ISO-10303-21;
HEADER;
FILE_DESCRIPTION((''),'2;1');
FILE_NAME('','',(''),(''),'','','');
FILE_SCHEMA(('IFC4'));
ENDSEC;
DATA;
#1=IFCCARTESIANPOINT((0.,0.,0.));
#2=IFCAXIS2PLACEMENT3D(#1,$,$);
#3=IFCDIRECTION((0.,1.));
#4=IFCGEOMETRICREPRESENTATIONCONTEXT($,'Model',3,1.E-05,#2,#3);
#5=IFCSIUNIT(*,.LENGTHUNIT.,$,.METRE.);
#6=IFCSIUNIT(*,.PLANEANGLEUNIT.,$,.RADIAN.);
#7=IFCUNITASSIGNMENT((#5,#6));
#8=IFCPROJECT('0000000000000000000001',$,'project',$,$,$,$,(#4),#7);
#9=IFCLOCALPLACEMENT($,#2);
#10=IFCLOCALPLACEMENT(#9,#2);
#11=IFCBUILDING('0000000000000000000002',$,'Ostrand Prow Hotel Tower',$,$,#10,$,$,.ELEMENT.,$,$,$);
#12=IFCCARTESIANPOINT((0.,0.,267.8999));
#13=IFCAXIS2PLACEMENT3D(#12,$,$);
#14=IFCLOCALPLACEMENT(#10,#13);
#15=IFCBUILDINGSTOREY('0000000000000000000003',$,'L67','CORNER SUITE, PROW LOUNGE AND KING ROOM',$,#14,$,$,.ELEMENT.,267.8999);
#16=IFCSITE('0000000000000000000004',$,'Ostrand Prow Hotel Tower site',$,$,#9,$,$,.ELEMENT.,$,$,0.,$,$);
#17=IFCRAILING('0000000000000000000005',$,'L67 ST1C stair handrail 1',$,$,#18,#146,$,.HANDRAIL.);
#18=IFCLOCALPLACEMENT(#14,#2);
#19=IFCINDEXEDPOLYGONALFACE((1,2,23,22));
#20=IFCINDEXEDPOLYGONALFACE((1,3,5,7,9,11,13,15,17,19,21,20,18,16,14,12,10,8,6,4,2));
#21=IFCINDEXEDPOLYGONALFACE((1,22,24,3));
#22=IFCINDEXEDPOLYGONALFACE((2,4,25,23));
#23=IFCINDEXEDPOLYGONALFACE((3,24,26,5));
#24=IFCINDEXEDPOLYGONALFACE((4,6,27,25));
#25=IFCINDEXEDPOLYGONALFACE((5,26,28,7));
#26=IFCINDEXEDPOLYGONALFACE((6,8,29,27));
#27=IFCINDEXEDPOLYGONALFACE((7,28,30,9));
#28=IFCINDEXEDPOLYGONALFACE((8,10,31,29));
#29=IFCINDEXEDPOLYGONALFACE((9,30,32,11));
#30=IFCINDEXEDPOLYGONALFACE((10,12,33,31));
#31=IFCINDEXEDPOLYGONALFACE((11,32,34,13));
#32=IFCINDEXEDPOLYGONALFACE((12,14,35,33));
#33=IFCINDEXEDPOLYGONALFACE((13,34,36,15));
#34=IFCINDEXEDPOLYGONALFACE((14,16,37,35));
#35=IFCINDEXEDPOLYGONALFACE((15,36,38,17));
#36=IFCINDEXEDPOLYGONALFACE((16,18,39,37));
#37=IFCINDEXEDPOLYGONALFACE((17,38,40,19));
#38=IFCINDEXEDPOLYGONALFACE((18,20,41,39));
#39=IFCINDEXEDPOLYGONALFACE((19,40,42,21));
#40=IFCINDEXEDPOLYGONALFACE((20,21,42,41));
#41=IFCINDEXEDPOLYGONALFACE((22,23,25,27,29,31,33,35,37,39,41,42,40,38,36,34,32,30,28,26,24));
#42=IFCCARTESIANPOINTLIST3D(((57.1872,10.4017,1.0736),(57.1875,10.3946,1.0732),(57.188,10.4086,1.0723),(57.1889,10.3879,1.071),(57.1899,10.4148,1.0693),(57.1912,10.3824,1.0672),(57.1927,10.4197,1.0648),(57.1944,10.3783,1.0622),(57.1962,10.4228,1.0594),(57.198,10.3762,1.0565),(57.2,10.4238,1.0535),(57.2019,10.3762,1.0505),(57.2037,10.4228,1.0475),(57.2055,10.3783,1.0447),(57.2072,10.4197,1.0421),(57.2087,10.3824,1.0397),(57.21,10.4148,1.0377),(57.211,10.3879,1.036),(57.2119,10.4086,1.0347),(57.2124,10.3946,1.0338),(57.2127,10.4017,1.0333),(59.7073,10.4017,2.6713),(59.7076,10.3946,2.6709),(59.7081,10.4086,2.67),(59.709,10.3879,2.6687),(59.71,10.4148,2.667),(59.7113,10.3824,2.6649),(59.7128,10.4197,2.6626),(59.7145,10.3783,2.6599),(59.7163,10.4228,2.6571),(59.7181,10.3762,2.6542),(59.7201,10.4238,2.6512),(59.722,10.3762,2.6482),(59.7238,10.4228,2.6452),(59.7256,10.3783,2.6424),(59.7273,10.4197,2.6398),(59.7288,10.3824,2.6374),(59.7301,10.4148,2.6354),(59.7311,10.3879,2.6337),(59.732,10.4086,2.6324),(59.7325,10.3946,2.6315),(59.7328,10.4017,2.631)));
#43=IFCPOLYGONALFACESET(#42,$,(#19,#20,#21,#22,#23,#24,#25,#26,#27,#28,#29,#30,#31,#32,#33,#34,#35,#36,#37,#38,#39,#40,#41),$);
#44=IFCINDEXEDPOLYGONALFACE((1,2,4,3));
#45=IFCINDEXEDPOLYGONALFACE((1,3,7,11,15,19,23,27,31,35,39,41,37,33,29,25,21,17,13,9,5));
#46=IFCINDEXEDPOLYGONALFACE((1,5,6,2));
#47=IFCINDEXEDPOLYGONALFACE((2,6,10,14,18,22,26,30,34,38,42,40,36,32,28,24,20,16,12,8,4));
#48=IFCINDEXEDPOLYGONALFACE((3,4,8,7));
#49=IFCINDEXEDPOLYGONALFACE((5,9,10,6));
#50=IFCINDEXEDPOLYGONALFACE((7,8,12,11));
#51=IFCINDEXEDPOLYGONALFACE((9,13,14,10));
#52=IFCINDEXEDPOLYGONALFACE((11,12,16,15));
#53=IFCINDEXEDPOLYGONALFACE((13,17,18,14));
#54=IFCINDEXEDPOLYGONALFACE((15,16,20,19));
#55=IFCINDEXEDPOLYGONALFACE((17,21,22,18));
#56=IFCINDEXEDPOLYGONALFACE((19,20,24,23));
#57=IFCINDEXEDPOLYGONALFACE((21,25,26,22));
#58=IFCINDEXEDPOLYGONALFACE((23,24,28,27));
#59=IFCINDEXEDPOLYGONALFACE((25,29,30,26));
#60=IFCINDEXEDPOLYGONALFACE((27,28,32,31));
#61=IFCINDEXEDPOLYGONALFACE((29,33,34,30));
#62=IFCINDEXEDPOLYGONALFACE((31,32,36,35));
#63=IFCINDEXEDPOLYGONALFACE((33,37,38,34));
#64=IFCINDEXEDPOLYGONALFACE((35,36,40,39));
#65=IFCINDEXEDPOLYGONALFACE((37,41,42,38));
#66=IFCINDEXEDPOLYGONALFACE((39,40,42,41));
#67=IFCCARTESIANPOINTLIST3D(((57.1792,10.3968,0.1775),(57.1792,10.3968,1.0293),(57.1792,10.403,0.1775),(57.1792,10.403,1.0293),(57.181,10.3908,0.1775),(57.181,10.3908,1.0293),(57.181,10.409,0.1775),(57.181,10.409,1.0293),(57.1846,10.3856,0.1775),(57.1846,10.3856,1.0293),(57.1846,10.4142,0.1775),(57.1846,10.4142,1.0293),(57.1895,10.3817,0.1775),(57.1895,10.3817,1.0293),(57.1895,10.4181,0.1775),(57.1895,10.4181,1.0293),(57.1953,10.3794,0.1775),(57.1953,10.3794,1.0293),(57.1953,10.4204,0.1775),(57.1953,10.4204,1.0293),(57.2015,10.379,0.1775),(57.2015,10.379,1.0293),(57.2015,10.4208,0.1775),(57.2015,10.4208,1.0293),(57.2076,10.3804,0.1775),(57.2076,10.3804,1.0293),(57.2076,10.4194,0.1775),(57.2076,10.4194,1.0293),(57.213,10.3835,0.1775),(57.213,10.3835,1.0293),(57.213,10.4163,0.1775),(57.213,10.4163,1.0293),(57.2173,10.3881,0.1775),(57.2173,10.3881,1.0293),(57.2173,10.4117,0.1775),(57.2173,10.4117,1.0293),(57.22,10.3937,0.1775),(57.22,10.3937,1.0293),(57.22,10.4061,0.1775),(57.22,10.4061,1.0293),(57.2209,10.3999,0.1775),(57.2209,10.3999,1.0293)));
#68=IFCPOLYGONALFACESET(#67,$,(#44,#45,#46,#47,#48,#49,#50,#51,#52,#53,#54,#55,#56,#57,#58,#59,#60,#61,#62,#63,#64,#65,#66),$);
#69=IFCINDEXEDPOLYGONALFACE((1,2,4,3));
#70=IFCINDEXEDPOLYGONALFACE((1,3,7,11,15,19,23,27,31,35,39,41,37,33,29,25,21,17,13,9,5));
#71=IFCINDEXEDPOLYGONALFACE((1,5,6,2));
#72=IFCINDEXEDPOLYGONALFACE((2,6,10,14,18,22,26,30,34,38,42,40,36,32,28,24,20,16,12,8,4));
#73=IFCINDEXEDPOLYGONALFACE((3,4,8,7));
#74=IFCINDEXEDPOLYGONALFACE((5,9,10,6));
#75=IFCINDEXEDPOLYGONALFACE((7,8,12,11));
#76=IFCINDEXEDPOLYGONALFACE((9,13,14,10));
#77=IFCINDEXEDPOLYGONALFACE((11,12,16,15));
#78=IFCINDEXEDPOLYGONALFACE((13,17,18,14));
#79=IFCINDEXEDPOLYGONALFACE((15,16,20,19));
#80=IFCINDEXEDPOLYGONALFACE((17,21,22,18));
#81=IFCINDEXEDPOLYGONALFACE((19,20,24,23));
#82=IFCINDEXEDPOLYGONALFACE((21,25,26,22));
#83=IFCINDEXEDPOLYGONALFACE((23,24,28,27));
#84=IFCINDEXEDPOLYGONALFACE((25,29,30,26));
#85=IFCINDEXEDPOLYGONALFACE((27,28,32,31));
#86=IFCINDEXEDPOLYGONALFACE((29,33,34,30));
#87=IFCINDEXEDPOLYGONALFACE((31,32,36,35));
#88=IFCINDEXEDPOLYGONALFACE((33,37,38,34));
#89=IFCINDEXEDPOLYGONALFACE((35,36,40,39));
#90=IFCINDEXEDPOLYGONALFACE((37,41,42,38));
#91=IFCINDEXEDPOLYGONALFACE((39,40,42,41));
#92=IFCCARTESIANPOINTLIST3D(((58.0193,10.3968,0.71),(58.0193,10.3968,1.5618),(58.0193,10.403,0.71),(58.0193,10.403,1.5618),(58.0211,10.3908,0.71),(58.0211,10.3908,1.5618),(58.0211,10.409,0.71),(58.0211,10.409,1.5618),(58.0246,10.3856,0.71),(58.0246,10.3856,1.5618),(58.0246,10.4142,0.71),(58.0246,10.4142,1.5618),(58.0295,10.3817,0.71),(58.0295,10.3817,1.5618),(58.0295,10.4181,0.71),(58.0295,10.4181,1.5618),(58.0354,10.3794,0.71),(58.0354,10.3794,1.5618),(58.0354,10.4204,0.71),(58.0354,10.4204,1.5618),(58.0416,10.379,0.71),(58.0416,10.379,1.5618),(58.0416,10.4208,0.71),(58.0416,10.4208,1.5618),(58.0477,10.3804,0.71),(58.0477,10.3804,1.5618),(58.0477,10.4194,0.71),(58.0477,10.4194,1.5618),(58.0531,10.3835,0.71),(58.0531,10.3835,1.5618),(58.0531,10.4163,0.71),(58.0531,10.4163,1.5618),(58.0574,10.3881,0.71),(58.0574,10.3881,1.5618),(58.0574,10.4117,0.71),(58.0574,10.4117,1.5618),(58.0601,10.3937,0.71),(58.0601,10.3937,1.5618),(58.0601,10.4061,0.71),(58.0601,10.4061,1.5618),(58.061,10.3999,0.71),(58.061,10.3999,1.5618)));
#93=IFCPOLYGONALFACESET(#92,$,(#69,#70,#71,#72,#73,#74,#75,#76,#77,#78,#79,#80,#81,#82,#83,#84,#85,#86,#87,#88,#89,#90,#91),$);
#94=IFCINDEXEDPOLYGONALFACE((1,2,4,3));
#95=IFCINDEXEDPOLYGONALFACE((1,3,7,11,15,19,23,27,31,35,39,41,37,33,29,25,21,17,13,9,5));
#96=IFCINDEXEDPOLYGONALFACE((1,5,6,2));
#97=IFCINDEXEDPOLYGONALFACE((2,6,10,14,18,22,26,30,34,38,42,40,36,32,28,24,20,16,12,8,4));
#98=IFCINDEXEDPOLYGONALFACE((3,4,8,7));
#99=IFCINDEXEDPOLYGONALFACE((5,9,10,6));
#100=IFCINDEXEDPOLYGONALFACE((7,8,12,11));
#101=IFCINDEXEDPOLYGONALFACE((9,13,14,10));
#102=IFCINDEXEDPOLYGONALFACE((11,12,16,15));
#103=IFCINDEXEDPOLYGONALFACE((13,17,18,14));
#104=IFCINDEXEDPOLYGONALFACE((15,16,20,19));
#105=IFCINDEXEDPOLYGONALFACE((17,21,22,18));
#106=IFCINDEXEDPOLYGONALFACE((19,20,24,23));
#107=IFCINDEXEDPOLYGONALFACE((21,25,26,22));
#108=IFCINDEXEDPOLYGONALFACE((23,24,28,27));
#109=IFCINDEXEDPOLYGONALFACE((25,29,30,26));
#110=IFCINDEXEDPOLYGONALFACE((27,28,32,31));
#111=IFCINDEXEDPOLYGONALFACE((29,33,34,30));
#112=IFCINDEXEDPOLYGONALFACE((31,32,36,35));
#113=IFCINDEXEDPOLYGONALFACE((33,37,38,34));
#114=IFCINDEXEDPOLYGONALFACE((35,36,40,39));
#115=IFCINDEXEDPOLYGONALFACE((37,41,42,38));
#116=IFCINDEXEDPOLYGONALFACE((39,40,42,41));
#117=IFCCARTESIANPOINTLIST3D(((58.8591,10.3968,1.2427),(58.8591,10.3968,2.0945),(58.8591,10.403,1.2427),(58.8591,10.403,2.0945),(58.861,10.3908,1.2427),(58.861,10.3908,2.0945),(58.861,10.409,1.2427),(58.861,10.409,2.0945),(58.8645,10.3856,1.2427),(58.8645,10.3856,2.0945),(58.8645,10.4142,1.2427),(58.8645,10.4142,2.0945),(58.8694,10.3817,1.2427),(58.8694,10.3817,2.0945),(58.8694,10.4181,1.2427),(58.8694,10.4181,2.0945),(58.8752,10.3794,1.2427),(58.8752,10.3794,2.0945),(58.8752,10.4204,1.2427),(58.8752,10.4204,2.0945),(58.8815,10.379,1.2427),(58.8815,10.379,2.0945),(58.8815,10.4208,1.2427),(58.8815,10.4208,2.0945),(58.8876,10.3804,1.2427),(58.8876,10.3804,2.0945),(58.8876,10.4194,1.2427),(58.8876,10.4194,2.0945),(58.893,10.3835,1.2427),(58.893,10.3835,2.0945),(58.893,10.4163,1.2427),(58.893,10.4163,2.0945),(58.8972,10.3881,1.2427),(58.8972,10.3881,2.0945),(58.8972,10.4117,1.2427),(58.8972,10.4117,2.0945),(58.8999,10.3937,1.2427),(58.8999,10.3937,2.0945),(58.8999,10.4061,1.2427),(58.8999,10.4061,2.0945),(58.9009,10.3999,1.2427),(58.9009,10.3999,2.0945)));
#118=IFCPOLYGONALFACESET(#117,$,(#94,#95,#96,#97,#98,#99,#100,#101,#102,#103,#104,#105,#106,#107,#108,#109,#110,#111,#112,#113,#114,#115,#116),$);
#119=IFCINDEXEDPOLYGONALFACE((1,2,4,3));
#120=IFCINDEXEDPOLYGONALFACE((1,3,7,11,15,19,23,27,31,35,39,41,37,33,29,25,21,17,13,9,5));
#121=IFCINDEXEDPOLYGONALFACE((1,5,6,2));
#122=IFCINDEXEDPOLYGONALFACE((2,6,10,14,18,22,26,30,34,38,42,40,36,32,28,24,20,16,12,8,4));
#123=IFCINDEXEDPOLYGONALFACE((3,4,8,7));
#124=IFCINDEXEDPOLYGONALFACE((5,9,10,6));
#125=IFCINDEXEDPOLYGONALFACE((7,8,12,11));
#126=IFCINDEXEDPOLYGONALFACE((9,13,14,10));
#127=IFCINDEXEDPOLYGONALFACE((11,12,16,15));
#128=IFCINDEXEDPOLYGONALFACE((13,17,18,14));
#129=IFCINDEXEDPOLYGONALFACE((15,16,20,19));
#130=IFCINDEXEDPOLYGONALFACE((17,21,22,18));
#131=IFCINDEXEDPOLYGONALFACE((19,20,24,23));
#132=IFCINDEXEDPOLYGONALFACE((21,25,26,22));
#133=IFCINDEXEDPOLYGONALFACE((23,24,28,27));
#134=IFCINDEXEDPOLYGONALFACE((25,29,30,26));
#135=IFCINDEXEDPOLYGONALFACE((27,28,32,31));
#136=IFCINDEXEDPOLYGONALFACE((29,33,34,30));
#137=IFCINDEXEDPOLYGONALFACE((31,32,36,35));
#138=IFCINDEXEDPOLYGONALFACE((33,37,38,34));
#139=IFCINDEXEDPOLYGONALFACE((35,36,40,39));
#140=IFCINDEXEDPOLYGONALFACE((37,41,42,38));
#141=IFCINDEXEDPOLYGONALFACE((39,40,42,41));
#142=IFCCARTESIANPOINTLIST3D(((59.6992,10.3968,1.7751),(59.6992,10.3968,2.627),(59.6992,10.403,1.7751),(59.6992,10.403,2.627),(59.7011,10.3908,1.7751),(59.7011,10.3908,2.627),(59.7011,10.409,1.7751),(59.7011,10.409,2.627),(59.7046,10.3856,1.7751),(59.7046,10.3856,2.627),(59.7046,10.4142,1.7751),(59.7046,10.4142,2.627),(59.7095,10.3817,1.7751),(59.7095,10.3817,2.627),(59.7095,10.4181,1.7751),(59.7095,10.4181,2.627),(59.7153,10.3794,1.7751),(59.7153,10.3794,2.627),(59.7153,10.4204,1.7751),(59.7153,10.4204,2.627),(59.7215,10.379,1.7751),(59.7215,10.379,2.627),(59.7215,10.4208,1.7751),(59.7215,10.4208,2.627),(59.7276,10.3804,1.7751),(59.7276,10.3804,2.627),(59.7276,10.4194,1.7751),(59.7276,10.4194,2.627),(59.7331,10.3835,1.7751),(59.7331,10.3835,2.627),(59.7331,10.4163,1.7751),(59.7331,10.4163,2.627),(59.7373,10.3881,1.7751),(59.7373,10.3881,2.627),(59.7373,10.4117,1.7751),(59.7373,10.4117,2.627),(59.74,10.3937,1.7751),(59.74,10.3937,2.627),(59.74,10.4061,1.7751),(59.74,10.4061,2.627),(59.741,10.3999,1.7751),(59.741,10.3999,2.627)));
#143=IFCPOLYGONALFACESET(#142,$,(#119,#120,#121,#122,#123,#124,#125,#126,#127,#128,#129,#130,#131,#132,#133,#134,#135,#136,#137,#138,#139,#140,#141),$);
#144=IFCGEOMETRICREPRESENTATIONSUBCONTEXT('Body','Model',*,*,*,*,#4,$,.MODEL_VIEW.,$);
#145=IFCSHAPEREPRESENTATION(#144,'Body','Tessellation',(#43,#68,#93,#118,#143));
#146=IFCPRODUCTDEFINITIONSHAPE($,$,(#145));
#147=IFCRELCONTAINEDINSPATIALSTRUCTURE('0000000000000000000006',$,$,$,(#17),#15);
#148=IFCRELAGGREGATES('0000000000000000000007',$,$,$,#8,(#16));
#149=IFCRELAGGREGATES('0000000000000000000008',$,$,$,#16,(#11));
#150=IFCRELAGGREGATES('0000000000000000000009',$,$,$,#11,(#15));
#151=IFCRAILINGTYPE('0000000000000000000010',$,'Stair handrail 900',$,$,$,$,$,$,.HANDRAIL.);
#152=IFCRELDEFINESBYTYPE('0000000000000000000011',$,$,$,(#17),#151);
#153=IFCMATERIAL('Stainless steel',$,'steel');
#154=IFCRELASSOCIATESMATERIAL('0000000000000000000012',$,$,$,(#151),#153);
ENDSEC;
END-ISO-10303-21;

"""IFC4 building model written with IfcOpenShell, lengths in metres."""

from ifc_helpers import new_model, si_unit, direction, frame, origin, origin_2d, place, context, subcontext, project, spatial, circle, extrude, material, type_object, element, save


model = new_model("IFC4")

# Units and contexts
model_context = context("Model", 3, precision=1e-05, world=origin(), true_north=direction((0.0, 1.0)))
body_context = subcontext(model_context, "Body", "Model", "MODEL_VIEW")
ifc_project = project(units=[si_unit("LENGTHUNIT", "METRE"), si_unit("PLANEANGLEUNIT", "RADIAN")], contexts=[model_context])

# Site, building, storey
site_placement = place(None, origin())
site = spatial("IfcSite", under=ifc_project, at=site_placement, Name="Ostrand Prow Hotel Tower site", CompositionType="ELEMENT", RefElevation=0.0)
building_placement = place(site_placement, origin())
building = spatial("IfcBuilding", under=site, at=building_placement, Name="Ostrand Prow Hotel Tower", CompositionType="ELEMENT")
storey_placement = place(building_placement, frame((0.0, 0.0, 267.8999)))
storey = spatial("IfcBuildingStorey", under=building, at=storey_placement, Name="L67", Description="CORNER SUITE, PROW LOUNGE AND KING ROOM", CompositionType="ELEMENT", Elevation=267.8999)

# Railing
ifc_material_1 = material(Name="Stainless steel", Category="steel")
railing_type_1 = type_object("IfcRailingType", Name="Stair handrail 900", PredefinedType="HANDRAIL", material=ifc_material_1)
railing_1_placement = place(storey_placement, frame((57.2, 10.3999, 0.1775)))
element("IfcRailing", 1, at=railing_1_placement, inside=storey, type_object=railing_type_1, Name="L67 ST1C stair handrail 1", PredefinedType="HANDRAIL", context=body_context, shape_type="SweptSolid", body=[
    extrude(circle(Radius=0.0239, at=origin_2d()), frame((0.0, 0.0, 0.876), z_axis=(0.84457, 0.0, 0.535445), x_axis=(0.0, 1.0, 0.0)), (0.0, 0.0, 1.0), 2.9839),
    extrude(circle(Radius=0.021, at=origin_2d()), origin(), (0.0, 0.0, 1.0), 0.8518),
    extrude(circle(Radius=0.021, at=origin_2d()), frame((0.8401, 0.0, 0.5325)), (0.0, 0.0, 1.0), 0.8518),
    extrude(circle(Radius=0.021, at=origin_2d()), frame((1.6799, 0.0, 1.0652)), (0.0, 0.0, 1.0), 0.8518),
    extrude(circle(Radius=0.021, at=origin_2d()), frame((2.52, 0.0, 1.5977)), (0.0, 0.0, 1.0), 0.8518),
])

save(model, "model.ifc")
